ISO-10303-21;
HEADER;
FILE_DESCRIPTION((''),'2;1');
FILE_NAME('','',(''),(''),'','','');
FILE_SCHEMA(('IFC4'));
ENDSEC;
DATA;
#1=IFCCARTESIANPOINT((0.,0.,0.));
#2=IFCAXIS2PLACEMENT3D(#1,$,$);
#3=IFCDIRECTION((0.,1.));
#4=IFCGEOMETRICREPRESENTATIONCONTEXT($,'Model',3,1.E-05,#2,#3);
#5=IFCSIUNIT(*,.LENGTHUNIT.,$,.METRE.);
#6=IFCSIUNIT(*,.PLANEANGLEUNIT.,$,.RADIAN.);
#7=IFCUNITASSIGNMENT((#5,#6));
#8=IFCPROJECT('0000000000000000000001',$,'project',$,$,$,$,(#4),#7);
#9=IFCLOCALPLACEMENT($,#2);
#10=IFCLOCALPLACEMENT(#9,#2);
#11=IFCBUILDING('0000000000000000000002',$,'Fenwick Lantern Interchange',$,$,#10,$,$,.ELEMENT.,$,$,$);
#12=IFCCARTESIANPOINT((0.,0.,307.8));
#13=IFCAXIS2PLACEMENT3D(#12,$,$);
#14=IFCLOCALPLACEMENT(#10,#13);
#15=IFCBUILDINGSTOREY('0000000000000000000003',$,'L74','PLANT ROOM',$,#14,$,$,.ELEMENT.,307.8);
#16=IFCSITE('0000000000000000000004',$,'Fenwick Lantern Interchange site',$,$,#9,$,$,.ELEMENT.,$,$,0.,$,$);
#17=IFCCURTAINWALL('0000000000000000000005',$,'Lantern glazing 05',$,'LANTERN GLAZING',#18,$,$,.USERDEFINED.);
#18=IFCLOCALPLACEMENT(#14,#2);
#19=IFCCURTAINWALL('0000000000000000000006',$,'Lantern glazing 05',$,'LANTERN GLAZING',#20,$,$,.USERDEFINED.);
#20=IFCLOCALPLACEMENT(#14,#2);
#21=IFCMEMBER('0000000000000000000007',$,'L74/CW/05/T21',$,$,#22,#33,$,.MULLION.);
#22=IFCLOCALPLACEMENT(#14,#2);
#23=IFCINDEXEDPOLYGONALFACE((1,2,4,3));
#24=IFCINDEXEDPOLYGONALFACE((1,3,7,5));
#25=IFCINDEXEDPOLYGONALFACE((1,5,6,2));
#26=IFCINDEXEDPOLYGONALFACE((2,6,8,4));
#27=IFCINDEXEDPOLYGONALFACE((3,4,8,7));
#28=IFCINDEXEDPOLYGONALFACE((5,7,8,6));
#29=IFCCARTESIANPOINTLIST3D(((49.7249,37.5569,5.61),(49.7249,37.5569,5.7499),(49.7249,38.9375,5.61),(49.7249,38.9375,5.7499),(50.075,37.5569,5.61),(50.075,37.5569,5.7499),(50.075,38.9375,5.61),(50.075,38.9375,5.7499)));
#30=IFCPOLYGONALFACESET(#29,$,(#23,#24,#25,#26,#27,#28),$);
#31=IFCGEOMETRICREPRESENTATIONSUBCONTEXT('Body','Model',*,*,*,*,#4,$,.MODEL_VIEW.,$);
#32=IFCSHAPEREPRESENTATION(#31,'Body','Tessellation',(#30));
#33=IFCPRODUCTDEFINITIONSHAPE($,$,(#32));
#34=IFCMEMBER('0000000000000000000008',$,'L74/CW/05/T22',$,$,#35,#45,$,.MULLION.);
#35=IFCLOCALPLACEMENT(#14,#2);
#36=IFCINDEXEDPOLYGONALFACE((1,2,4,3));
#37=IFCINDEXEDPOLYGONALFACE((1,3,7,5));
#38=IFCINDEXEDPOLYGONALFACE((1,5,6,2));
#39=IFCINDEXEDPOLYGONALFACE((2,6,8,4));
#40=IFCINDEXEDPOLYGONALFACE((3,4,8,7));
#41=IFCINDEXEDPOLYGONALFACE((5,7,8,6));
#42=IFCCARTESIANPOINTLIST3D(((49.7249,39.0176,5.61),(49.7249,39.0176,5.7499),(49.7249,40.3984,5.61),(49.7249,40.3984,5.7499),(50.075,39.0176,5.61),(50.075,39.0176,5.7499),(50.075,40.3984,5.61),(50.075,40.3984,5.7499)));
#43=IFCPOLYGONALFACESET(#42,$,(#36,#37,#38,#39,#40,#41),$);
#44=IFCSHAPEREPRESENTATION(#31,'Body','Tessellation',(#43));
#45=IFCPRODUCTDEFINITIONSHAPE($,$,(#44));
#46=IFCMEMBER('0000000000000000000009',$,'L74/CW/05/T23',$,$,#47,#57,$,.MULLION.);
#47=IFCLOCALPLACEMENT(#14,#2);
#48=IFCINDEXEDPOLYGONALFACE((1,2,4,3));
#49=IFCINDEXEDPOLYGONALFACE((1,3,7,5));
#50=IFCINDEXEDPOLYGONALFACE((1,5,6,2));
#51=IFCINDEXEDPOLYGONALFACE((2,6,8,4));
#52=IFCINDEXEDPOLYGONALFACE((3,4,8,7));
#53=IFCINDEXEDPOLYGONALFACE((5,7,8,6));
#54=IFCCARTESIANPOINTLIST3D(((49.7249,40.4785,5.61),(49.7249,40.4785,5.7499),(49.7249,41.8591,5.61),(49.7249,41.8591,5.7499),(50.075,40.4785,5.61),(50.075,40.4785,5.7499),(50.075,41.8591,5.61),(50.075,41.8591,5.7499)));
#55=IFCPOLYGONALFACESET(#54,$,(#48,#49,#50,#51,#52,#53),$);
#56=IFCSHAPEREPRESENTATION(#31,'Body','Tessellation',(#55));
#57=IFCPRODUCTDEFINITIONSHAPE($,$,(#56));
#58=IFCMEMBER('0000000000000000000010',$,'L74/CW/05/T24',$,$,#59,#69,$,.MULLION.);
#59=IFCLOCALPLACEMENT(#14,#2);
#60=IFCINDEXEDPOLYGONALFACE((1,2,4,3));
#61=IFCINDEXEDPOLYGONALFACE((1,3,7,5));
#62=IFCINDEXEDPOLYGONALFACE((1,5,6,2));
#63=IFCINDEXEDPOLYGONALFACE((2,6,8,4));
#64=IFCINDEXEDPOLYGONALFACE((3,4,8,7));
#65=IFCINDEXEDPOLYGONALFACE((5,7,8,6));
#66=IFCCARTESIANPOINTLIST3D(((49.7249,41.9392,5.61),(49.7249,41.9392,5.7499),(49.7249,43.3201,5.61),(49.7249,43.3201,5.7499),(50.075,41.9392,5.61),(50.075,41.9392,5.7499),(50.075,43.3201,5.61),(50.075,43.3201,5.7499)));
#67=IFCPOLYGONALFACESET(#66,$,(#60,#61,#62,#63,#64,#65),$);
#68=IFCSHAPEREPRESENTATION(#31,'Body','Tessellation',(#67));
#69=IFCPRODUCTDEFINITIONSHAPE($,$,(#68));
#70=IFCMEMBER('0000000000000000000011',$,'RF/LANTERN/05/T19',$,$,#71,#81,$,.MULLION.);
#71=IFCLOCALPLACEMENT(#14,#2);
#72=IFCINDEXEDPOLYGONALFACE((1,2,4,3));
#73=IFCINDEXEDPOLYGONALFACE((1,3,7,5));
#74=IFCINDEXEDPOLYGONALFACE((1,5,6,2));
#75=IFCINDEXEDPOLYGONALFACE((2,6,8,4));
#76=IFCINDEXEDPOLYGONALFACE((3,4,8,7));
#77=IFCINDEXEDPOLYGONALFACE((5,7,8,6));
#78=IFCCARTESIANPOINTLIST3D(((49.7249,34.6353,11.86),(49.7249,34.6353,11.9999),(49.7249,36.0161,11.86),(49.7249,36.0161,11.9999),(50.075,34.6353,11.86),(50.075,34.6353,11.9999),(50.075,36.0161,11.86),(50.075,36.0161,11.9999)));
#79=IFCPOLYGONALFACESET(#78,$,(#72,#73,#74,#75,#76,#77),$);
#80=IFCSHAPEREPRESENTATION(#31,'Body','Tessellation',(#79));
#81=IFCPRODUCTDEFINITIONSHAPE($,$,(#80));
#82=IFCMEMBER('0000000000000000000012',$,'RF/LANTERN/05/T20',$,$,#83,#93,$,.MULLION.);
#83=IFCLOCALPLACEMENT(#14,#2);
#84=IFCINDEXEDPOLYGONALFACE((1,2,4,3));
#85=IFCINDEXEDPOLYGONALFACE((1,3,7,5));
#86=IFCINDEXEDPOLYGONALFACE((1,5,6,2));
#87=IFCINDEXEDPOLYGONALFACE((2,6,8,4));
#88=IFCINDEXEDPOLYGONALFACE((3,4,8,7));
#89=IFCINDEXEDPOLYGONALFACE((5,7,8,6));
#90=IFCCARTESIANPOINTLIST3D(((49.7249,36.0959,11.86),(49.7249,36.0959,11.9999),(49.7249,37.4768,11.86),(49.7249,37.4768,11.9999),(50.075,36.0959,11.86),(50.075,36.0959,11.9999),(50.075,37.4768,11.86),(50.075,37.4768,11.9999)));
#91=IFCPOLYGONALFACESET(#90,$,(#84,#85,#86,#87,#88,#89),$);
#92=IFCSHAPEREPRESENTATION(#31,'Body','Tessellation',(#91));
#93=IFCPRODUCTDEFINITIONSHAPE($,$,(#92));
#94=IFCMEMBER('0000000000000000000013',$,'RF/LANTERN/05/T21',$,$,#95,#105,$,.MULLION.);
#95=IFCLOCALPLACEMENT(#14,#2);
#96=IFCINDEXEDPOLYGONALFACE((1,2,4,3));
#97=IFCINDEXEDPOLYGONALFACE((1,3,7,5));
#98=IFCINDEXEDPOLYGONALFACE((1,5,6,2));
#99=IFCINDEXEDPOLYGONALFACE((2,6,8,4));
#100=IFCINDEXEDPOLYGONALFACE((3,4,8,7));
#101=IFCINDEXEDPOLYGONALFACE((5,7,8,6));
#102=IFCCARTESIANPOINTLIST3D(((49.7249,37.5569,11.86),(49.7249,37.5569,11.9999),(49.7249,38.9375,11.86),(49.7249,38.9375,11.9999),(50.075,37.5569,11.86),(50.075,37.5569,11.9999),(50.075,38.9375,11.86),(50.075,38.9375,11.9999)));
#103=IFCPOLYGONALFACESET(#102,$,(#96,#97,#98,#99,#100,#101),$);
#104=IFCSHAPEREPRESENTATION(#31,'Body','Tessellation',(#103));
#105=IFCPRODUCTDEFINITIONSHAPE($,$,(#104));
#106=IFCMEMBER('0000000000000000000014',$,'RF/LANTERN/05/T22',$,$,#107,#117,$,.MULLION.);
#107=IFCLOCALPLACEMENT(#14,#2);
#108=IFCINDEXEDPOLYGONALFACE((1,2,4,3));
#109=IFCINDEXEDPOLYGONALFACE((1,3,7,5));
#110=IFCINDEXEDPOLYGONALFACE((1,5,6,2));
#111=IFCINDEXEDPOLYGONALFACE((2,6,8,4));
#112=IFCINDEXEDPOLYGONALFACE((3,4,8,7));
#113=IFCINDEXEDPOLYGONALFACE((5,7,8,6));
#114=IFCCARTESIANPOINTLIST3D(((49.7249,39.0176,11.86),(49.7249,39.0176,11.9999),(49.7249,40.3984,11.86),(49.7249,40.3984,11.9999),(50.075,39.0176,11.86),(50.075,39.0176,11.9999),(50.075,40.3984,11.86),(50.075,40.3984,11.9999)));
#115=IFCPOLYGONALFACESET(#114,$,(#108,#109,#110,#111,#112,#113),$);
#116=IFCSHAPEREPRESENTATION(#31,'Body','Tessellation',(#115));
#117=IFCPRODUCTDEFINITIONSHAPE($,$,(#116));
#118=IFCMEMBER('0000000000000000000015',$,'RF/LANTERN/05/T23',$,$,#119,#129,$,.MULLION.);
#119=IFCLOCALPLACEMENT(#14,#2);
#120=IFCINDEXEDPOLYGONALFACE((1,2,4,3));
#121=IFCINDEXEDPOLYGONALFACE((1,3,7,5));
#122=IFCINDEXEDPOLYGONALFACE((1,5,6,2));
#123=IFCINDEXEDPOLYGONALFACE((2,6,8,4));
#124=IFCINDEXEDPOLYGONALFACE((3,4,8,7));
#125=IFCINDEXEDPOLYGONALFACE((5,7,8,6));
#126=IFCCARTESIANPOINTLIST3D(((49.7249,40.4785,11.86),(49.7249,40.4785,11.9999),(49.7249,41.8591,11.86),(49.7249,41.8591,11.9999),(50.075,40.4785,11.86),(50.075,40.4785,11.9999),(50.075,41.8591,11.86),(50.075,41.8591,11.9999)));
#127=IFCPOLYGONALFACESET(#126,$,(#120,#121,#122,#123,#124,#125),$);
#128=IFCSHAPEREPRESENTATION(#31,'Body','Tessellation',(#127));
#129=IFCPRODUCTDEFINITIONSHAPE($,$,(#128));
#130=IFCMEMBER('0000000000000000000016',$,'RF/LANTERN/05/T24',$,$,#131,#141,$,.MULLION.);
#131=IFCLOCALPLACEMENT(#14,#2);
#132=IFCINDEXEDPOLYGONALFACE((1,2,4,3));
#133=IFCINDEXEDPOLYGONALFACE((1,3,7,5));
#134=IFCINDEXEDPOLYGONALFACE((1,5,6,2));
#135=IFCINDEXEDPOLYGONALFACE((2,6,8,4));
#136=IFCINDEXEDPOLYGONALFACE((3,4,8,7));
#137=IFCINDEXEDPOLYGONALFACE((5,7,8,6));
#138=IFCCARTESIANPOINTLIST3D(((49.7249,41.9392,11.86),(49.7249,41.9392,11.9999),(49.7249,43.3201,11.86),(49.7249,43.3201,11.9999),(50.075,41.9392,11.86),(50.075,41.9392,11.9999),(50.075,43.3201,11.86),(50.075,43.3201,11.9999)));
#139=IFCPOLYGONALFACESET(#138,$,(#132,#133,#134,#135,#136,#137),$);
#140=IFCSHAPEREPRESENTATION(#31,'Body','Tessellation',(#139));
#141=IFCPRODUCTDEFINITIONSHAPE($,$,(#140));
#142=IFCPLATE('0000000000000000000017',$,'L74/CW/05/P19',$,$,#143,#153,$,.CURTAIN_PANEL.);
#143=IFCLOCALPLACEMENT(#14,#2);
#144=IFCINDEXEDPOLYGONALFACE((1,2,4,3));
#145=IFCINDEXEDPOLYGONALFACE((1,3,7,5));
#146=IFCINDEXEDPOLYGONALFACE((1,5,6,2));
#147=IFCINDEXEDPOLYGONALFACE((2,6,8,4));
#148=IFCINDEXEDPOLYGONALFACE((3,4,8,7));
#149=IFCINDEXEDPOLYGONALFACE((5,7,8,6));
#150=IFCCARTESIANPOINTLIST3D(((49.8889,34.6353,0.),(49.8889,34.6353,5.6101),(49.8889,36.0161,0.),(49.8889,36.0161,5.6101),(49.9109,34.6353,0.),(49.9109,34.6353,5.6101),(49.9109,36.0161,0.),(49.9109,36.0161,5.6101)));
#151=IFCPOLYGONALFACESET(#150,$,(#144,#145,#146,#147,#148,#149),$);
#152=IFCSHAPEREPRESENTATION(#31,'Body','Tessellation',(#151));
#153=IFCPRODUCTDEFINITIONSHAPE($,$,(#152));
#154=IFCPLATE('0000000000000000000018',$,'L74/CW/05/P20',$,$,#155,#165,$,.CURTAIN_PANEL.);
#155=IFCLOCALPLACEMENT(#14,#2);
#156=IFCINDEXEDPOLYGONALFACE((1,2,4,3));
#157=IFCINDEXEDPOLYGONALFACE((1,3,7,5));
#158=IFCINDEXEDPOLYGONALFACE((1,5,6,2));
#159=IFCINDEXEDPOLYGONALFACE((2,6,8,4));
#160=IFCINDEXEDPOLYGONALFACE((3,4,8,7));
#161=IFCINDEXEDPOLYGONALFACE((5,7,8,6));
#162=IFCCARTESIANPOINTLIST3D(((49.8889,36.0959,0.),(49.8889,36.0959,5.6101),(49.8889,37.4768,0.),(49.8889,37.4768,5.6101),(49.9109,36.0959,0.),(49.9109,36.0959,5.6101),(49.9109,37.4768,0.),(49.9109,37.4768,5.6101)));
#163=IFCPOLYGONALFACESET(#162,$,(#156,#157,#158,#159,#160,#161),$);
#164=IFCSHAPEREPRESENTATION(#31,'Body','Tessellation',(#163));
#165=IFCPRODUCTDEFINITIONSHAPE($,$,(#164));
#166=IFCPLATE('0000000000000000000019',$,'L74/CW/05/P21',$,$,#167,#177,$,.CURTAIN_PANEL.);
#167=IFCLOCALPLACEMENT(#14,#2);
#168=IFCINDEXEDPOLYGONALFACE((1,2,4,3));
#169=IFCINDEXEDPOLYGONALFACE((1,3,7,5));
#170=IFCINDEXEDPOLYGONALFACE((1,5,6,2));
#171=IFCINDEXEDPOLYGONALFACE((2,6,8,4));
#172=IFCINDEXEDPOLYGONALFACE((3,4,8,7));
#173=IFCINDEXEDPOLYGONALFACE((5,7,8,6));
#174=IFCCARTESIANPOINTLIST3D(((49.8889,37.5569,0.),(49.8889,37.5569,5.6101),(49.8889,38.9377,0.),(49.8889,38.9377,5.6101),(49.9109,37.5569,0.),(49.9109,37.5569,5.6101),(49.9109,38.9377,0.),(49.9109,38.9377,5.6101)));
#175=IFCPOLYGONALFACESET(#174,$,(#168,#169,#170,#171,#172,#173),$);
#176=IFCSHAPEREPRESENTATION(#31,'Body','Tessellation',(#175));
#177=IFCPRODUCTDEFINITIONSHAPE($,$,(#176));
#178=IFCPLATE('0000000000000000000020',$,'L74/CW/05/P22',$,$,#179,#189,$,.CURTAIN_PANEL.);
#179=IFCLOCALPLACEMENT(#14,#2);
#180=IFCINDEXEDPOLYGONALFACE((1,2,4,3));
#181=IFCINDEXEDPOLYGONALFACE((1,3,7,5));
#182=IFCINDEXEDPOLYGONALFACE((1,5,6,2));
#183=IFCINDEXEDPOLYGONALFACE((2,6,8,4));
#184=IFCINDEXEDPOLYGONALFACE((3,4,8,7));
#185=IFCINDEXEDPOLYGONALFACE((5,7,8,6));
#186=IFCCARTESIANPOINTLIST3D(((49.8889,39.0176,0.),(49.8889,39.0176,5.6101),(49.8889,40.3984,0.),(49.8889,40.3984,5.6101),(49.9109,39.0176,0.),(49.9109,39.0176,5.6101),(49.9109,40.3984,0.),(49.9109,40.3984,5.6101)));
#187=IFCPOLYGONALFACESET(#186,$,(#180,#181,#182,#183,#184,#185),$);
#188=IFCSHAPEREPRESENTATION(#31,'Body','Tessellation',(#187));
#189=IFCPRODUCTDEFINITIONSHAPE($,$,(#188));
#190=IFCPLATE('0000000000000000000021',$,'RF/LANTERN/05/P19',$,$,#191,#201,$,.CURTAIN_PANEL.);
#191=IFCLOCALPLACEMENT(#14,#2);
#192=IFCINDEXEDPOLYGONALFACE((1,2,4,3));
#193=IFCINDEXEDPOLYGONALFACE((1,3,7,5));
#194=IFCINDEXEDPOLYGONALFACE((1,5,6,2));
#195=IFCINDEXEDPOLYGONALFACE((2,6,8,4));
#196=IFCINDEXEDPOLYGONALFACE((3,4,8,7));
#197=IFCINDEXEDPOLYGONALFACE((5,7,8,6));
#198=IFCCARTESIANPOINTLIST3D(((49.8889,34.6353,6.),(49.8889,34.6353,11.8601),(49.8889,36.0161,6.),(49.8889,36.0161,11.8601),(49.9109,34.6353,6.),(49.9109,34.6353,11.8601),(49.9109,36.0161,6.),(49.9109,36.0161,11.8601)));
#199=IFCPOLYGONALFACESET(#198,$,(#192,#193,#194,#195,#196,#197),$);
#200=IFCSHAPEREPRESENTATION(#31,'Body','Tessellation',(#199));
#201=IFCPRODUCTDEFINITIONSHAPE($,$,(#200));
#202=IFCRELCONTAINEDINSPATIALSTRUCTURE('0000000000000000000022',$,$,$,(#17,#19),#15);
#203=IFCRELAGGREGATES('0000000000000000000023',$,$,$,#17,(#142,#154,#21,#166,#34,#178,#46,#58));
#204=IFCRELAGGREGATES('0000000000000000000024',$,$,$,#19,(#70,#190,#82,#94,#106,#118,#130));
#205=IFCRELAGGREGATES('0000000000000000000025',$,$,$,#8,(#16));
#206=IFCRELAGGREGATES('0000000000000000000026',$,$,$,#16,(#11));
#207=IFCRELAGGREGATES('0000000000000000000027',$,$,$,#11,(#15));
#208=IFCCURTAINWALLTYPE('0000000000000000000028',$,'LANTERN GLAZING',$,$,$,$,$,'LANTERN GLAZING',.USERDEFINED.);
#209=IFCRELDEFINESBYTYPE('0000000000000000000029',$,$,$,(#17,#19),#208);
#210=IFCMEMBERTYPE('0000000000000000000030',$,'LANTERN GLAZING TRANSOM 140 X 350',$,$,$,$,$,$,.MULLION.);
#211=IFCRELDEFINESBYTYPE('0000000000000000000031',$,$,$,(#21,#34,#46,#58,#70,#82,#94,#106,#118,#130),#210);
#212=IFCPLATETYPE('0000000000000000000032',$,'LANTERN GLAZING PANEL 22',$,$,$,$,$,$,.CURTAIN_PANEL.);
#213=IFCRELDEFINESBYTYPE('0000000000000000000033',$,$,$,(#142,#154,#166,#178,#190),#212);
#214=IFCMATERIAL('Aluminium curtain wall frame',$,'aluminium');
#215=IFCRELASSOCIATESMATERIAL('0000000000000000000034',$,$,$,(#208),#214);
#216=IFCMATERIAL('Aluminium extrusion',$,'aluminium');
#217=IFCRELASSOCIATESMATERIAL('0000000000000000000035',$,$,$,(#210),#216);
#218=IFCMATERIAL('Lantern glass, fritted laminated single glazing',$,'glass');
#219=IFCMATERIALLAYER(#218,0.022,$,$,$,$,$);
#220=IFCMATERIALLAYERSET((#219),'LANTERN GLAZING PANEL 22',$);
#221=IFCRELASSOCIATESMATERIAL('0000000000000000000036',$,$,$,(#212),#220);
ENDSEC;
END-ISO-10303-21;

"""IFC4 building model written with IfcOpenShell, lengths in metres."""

from ifc_helpers import new_model, si_unit, direction, frame, origin, origin_2d, place, context, subcontext, project, spatial, rectangle, extrude, material, layer, layer_set, material_profile, profile_set, type_object, element, aggregate, save


model = new_model("IFC4")

# Units and contexts
model_context = context("Model", 3, precision=1e-05, world=origin(), true_north=direction((0.0, 1.0)))
body_context = subcontext(model_context, "Body", "Model", "MODEL_VIEW")
ifc_project = project(units=[si_unit("LENGTHUNIT", "METRE"), si_unit("PLANEANGLEUNIT", "RADIAN")], contexts=[model_context])

# Site, building, storey
site_placement = place(None, origin())
site = spatial("IfcSite", under=ifc_project, at=site_placement, Name="Fenwick Lantern Interchange site", CompositionType="ELEMENT", RefElevation=0.0)
building_placement = place(site_placement, origin())
building = spatial("IfcBuilding", under=site, at=building_placement, Name="Fenwick Lantern Interchange", CompositionType="ELEMENT")
storey_placement = place(building_placement, frame((0.0, 0.0, 307.8)))
storey = spatial("IfcBuildingStorey", under=building, at=storey_placement, Name="L74", Description="PLANT ROOM", CompositionType="ELEMENT", Elevation=307.8)

# Curtain walls
ifc_material_1 = material(Name="Aluminium curtain wall frame", Category="aluminium")
curtain_wall_type = type_object("IfcCurtainWallType", Name="LANTERN GLAZING", ElementType="LANTERN GLAZING", PredefinedType="USERDEFINED", material=ifc_material_1)
curtain_wall_1_placement = place(storey_placement, origin())
curtain_wall_1 = element("IfcCurtainWall", 1, at=curtain_wall_1_placement, inside=storey, type_object=curtain_wall_type, Name="Lantern glazing 05", ObjectType="LANTERN GLAZING", PredefinedType="USERDEFINED")
ifc_material_2 = material(Name="Aluminium extrusion", Category="aluminium")
curtain_wall_2_placement = place(storey_placement, origin())
curtain_wall_2 = element("IfcCurtainWall", 2, at=curtain_wall_2_placement, inside=storey, type_object=curtain_wall_type, Name="Lantern glazing 05", ObjectType="LANTERN GLAZING", PredefinedType="USERDEFINED")

# Members
ifc_material_profile_1 = material_profile(ifc_material_2, rectangle(XDim=0.3501, YDim=0.1399, at=origin_2d()), Name="LANTERN GLAZING TRANSOM 140 X 350")
ifc_profile_set_1 = profile_set([ifc_material_profile_1], Name="Aluminium extrusion")
member_type_1 = type_object("IfcMemberType", Name="LANTERN GLAZING TRANSOM 140 X 350", PredefinedType="MULLION", material=ifc_profile_set_1)
member_1_placement = place(storey_placement, frame((49.8999, 37.5569, 5.6799), z_axis=(0.0, 1.0, 0.0), x_axis=(-1.0, 0.0, 0.0)))
member_1 = element("IfcMember", 3, at=member_1_placement, type_object=member_type_1, Name="L74/CW/05/T21", PredefinedType="MULLION", context=body_context, shape_type="SweptSolid", body=[
    extrude(rectangle(XDim=0.3501, YDim=0.1399, at=origin_2d()), origin(), (0.0, 0.0, 1.0), 1.3806),
])
member_2_placement = place(storey_placement, frame((49.8999, 39.0176, 5.6799), z_axis=(0.0, 1.0, 0.0), x_axis=(-1.0, 0.0, 0.0)))
member_2 = element("IfcMember", 4, at=member_2_placement, type_object=member_type_1, Name="L74/CW/05/T22", PredefinedType="MULLION", context=body_context, shape_type="SweptSolid", body=[
    extrude(rectangle(XDim=0.3501, YDim=0.1399, at=origin_2d()), origin(), (0.0, 0.0, 1.0), 1.3809),
])
member_3_placement = place(storey_placement, frame((49.8999, 40.4785, 5.6799), z_axis=(0.0, 1.0, 0.0), x_axis=(-1.0, 0.0, 0.0)))
member_3 = element("IfcMember", 5, at=member_3_placement, type_object=member_type_1, Name="L74/CW/05/T23", PredefinedType="MULLION", context=body_context, shape_type="SweptSolid", body=[
    extrude(rectangle(XDim=0.3501, YDim=0.1399, at=origin_2d()), origin(), (0.0, 0.0, 1.0), 1.3806),
])
member_4_placement = place(storey_placement, frame((49.8999, 41.9392, 5.6799), z_axis=(0.0, 1.0, 0.0), x_axis=(-1.0, 0.0, 0.0)))
member_4 = element("IfcMember", 6, at=member_4_placement, type_object=member_type_1, Name="L74/CW/05/T24", PredefinedType="MULLION", context=body_context, shape_type="SweptSolid", body=[
    extrude(rectangle(XDim=0.3501, YDim=0.1399, at=origin_2d()), origin(), (0.0, 0.0, 1.0), 1.3809),
])
member_5_placement = place(storey_placement, frame((49.8999, 34.6353, 11.9299), z_axis=(0.0, 1.0, 0.0), x_axis=(-1.0, 0.0, 0.0)))
member_5 = element("IfcMember", 7, at=member_5_placement, type_object=member_type_1, Name="RF/LANTERN/05/T19", PredefinedType="MULLION", context=body_context, shape_type="SweptSolid", body=[
    extrude(rectangle(XDim=0.3501, YDim=0.1399, at=origin_2d()), origin(), (0.0, 0.0, 1.0), 1.3809),
])
member_6_placement = place(storey_placement, frame((49.8999, 36.0959, 11.9299), z_axis=(0.0, 1.0, 0.0), x_axis=(-1.0, 0.0, 0.0)))
member_6 = element("IfcMember", 8, at=member_6_placement, type_object=member_type_1, Name="RF/LANTERN/05/T20", PredefinedType="MULLION", context=body_context, shape_type="SweptSolid", body=[
    extrude(rectangle(XDim=0.3501, YDim=0.1399, at=origin_2d()), origin(), (0.0, 0.0, 1.0), 1.3809),
])
member_7_placement = place(storey_placement, frame((49.8999, 37.5569, 11.9299), z_axis=(0.0, 1.0, 0.0), x_axis=(-1.0, 0.0, 0.0)))
member_7 = element("IfcMember", 9, at=member_7_placement, type_object=member_type_1, Name="RF/LANTERN/05/T21", PredefinedType="MULLION", context=body_context, shape_type="SweptSolid", body=[
    extrude(rectangle(XDim=0.3501, YDim=0.1399, at=origin_2d()), origin(), (0.0, 0.0, 1.0), 1.3806),
])
member_8_placement = place(storey_placement, frame((49.8999, 39.0176, 11.9299), z_axis=(0.0, 1.0, 0.0), x_axis=(-1.0, 0.0, 0.0)))
member_8 = element("IfcMember", 10, at=member_8_placement, type_object=member_type_1, Name="RF/LANTERN/05/T22", PredefinedType="MULLION", context=body_context, shape_type="SweptSolid", body=[
    extrude(rectangle(XDim=0.3501, YDim=0.1399, at=origin_2d()), origin(), (0.0, 0.0, 1.0), 1.3809),
])
member_9_placement = place(storey_placement, frame((49.8999, 40.4785, 11.9299), z_axis=(0.0, 1.0, 0.0), x_axis=(-1.0, 0.0, 0.0)))
member_9 = element("IfcMember", 11, at=member_9_placement, type_object=member_type_1, Name="RF/LANTERN/05/T23", PredefinedType="MULLION", context=body_context, shape_type="SweptSolid", body=[
    extrude(rectangle(XDim=0.3501, YDim=0.1399, at=origin_2d()), origin(), (0.0, 0.0, 1.0), 1.3806),
])
member_10_placement = place(storey_placement, frame((49.8999, 41.9392, 11.9299), z_axis=(0.0, 1.0, 0.0), x_axis=(-1.0, 0.0, 0.0)))
member_10 = element("IfcMember", 12, at=member_10_placement, type_object=member_type_1, Name="RF/LANTERN/05/T24", PredefinedType="MULLION", context=body_context, shape_type="SweptSolid", body=[
    extrude(rectangle(XDim=0.3501, YDim=0.1399, at=origin_2d()), origin(), (0.0, 0.0, 1.0), 1.3809),
])

# Plates
ifc_material_3 = material(Name="Lantern glass, fritted laminated single glazing", Category="glass")
ifc_layer = layer(ifc_material_3, 0.022)
ifc_layer_set = layer_set([ifc_layer], Name="LANTERN GLAZING PANEL 22")
plate_type = type_object("IfcPlateType", Name="LANTERN GLAZING PANEL 22", PredefinedType="CURTAIN_PANEL", material=ifc_layer_set)
plate_1_placement = place(storey_placement, frame((49.8999, 35.3257, 0.0), z_axis=(0.0, 0.0, 1.0), x_axis=(0.0, 1.0, 0.0)))
plate_1 = element("IfcPlate", 13, at=plate_1_placement, type_object=plate_type, Name="L74/CW/05/P19", PredefinedType="CURTAIN_PANEL", context=body_context, shape_type="SweptSolid", body=[
    extrude(rectangle(XDim=1.3809, YDim=0.022, at=origin_2d()), origin(), (0.0, 0.0, 1.0), 5.6101),
])
plate_2_placement = place(storey_placement, frame((49.8999, 36.7864, 0.0), z_axis=(0.0, 0.0, 1.0), x_axis=(0.0, 1.0, 0.0)))
plate_2 = element("IfcPlate", 14, at=plate_2_placement, type_object=plate_type, Name="L74/CW/05/P20", PredefinedType="CURTAIN_PANEL", context=body_context, shape_type="SweptSolid", body=[
    extrude(rectangle(XDim=1.3809, YDim=0.022, at=origin_2d()), origin(), (0.0, 0.0, 1.0), 5.6101),
])
plate_3_placement = place(storey_placement, frame((49.8999, 38.2473, 0.0), z_axis=(0.0, 0.0, 1.0), x_axis=(0.0, 1.0, 0.0)))
plate_3 = element("IfcPlate", 15, at=plate_3_placement, type_object=plate_type, Name="L74/CW/05/P21", PredefinedType="CURTAIN_PANEL", context=body_context, shape_type="SweptSolid", body=[
    extrude(rectangle(XDim=1.3809, YDim=0.022, at=origin_2d()), origin(), (0.0, 0.0, 1.0), 5.6101),
])
plate_4_placement = place(storey_placement, frame((49.8999, 39.708, 0.0), z_axis=(0.0, 0.0, 1.0), x_axis=(0.0, 1.0, 0.0)))
plate_4 = element("IfcPlate", 16, at=plate_4_placement, type_object=plate_type, Name="L74/CW/05/P22", PredefinedType="CURTAIN_PANEL", context=body_context, shape_type="SweptSolid", body=[
    extrude(rectangle(XDim=1.3809, YDim=0.022, at=origin_2d()), origin(), (0.0, 0.0, 1.0), 5.6101),
])
aggregate(curtain_wall_1, [plate_1, plate_2, member_1, plate_3, member_2, plate_4, member_3, member_4])
plate_5_placement = place(storey_placement, frame((49.8999, 35.3257, 6.0), z_axis=(0.0, 0.0, 1.0), x_axis=(0.0, 1.0, 0.0)))
plate_5 = element("IfcPlate", 17, at=plate_5_placement, type_object=plate_type, Name="RF/LANTERN/05/P19", PredefinedType="CURTAIN_PANEL", context=body_context, shape_type="SweptSolid", body=[
    extrude(rectangle(XDim=1.3809, YDim=0.022, at=origin_2d()), origin(), (0.0, 0.0, 1.0), 5.8601),
])
aggregate(curtain_wall_2, [member_5, plate_5, member_6, member_7, member_8, member_9, member_10])

save(model, "model.ifc")
